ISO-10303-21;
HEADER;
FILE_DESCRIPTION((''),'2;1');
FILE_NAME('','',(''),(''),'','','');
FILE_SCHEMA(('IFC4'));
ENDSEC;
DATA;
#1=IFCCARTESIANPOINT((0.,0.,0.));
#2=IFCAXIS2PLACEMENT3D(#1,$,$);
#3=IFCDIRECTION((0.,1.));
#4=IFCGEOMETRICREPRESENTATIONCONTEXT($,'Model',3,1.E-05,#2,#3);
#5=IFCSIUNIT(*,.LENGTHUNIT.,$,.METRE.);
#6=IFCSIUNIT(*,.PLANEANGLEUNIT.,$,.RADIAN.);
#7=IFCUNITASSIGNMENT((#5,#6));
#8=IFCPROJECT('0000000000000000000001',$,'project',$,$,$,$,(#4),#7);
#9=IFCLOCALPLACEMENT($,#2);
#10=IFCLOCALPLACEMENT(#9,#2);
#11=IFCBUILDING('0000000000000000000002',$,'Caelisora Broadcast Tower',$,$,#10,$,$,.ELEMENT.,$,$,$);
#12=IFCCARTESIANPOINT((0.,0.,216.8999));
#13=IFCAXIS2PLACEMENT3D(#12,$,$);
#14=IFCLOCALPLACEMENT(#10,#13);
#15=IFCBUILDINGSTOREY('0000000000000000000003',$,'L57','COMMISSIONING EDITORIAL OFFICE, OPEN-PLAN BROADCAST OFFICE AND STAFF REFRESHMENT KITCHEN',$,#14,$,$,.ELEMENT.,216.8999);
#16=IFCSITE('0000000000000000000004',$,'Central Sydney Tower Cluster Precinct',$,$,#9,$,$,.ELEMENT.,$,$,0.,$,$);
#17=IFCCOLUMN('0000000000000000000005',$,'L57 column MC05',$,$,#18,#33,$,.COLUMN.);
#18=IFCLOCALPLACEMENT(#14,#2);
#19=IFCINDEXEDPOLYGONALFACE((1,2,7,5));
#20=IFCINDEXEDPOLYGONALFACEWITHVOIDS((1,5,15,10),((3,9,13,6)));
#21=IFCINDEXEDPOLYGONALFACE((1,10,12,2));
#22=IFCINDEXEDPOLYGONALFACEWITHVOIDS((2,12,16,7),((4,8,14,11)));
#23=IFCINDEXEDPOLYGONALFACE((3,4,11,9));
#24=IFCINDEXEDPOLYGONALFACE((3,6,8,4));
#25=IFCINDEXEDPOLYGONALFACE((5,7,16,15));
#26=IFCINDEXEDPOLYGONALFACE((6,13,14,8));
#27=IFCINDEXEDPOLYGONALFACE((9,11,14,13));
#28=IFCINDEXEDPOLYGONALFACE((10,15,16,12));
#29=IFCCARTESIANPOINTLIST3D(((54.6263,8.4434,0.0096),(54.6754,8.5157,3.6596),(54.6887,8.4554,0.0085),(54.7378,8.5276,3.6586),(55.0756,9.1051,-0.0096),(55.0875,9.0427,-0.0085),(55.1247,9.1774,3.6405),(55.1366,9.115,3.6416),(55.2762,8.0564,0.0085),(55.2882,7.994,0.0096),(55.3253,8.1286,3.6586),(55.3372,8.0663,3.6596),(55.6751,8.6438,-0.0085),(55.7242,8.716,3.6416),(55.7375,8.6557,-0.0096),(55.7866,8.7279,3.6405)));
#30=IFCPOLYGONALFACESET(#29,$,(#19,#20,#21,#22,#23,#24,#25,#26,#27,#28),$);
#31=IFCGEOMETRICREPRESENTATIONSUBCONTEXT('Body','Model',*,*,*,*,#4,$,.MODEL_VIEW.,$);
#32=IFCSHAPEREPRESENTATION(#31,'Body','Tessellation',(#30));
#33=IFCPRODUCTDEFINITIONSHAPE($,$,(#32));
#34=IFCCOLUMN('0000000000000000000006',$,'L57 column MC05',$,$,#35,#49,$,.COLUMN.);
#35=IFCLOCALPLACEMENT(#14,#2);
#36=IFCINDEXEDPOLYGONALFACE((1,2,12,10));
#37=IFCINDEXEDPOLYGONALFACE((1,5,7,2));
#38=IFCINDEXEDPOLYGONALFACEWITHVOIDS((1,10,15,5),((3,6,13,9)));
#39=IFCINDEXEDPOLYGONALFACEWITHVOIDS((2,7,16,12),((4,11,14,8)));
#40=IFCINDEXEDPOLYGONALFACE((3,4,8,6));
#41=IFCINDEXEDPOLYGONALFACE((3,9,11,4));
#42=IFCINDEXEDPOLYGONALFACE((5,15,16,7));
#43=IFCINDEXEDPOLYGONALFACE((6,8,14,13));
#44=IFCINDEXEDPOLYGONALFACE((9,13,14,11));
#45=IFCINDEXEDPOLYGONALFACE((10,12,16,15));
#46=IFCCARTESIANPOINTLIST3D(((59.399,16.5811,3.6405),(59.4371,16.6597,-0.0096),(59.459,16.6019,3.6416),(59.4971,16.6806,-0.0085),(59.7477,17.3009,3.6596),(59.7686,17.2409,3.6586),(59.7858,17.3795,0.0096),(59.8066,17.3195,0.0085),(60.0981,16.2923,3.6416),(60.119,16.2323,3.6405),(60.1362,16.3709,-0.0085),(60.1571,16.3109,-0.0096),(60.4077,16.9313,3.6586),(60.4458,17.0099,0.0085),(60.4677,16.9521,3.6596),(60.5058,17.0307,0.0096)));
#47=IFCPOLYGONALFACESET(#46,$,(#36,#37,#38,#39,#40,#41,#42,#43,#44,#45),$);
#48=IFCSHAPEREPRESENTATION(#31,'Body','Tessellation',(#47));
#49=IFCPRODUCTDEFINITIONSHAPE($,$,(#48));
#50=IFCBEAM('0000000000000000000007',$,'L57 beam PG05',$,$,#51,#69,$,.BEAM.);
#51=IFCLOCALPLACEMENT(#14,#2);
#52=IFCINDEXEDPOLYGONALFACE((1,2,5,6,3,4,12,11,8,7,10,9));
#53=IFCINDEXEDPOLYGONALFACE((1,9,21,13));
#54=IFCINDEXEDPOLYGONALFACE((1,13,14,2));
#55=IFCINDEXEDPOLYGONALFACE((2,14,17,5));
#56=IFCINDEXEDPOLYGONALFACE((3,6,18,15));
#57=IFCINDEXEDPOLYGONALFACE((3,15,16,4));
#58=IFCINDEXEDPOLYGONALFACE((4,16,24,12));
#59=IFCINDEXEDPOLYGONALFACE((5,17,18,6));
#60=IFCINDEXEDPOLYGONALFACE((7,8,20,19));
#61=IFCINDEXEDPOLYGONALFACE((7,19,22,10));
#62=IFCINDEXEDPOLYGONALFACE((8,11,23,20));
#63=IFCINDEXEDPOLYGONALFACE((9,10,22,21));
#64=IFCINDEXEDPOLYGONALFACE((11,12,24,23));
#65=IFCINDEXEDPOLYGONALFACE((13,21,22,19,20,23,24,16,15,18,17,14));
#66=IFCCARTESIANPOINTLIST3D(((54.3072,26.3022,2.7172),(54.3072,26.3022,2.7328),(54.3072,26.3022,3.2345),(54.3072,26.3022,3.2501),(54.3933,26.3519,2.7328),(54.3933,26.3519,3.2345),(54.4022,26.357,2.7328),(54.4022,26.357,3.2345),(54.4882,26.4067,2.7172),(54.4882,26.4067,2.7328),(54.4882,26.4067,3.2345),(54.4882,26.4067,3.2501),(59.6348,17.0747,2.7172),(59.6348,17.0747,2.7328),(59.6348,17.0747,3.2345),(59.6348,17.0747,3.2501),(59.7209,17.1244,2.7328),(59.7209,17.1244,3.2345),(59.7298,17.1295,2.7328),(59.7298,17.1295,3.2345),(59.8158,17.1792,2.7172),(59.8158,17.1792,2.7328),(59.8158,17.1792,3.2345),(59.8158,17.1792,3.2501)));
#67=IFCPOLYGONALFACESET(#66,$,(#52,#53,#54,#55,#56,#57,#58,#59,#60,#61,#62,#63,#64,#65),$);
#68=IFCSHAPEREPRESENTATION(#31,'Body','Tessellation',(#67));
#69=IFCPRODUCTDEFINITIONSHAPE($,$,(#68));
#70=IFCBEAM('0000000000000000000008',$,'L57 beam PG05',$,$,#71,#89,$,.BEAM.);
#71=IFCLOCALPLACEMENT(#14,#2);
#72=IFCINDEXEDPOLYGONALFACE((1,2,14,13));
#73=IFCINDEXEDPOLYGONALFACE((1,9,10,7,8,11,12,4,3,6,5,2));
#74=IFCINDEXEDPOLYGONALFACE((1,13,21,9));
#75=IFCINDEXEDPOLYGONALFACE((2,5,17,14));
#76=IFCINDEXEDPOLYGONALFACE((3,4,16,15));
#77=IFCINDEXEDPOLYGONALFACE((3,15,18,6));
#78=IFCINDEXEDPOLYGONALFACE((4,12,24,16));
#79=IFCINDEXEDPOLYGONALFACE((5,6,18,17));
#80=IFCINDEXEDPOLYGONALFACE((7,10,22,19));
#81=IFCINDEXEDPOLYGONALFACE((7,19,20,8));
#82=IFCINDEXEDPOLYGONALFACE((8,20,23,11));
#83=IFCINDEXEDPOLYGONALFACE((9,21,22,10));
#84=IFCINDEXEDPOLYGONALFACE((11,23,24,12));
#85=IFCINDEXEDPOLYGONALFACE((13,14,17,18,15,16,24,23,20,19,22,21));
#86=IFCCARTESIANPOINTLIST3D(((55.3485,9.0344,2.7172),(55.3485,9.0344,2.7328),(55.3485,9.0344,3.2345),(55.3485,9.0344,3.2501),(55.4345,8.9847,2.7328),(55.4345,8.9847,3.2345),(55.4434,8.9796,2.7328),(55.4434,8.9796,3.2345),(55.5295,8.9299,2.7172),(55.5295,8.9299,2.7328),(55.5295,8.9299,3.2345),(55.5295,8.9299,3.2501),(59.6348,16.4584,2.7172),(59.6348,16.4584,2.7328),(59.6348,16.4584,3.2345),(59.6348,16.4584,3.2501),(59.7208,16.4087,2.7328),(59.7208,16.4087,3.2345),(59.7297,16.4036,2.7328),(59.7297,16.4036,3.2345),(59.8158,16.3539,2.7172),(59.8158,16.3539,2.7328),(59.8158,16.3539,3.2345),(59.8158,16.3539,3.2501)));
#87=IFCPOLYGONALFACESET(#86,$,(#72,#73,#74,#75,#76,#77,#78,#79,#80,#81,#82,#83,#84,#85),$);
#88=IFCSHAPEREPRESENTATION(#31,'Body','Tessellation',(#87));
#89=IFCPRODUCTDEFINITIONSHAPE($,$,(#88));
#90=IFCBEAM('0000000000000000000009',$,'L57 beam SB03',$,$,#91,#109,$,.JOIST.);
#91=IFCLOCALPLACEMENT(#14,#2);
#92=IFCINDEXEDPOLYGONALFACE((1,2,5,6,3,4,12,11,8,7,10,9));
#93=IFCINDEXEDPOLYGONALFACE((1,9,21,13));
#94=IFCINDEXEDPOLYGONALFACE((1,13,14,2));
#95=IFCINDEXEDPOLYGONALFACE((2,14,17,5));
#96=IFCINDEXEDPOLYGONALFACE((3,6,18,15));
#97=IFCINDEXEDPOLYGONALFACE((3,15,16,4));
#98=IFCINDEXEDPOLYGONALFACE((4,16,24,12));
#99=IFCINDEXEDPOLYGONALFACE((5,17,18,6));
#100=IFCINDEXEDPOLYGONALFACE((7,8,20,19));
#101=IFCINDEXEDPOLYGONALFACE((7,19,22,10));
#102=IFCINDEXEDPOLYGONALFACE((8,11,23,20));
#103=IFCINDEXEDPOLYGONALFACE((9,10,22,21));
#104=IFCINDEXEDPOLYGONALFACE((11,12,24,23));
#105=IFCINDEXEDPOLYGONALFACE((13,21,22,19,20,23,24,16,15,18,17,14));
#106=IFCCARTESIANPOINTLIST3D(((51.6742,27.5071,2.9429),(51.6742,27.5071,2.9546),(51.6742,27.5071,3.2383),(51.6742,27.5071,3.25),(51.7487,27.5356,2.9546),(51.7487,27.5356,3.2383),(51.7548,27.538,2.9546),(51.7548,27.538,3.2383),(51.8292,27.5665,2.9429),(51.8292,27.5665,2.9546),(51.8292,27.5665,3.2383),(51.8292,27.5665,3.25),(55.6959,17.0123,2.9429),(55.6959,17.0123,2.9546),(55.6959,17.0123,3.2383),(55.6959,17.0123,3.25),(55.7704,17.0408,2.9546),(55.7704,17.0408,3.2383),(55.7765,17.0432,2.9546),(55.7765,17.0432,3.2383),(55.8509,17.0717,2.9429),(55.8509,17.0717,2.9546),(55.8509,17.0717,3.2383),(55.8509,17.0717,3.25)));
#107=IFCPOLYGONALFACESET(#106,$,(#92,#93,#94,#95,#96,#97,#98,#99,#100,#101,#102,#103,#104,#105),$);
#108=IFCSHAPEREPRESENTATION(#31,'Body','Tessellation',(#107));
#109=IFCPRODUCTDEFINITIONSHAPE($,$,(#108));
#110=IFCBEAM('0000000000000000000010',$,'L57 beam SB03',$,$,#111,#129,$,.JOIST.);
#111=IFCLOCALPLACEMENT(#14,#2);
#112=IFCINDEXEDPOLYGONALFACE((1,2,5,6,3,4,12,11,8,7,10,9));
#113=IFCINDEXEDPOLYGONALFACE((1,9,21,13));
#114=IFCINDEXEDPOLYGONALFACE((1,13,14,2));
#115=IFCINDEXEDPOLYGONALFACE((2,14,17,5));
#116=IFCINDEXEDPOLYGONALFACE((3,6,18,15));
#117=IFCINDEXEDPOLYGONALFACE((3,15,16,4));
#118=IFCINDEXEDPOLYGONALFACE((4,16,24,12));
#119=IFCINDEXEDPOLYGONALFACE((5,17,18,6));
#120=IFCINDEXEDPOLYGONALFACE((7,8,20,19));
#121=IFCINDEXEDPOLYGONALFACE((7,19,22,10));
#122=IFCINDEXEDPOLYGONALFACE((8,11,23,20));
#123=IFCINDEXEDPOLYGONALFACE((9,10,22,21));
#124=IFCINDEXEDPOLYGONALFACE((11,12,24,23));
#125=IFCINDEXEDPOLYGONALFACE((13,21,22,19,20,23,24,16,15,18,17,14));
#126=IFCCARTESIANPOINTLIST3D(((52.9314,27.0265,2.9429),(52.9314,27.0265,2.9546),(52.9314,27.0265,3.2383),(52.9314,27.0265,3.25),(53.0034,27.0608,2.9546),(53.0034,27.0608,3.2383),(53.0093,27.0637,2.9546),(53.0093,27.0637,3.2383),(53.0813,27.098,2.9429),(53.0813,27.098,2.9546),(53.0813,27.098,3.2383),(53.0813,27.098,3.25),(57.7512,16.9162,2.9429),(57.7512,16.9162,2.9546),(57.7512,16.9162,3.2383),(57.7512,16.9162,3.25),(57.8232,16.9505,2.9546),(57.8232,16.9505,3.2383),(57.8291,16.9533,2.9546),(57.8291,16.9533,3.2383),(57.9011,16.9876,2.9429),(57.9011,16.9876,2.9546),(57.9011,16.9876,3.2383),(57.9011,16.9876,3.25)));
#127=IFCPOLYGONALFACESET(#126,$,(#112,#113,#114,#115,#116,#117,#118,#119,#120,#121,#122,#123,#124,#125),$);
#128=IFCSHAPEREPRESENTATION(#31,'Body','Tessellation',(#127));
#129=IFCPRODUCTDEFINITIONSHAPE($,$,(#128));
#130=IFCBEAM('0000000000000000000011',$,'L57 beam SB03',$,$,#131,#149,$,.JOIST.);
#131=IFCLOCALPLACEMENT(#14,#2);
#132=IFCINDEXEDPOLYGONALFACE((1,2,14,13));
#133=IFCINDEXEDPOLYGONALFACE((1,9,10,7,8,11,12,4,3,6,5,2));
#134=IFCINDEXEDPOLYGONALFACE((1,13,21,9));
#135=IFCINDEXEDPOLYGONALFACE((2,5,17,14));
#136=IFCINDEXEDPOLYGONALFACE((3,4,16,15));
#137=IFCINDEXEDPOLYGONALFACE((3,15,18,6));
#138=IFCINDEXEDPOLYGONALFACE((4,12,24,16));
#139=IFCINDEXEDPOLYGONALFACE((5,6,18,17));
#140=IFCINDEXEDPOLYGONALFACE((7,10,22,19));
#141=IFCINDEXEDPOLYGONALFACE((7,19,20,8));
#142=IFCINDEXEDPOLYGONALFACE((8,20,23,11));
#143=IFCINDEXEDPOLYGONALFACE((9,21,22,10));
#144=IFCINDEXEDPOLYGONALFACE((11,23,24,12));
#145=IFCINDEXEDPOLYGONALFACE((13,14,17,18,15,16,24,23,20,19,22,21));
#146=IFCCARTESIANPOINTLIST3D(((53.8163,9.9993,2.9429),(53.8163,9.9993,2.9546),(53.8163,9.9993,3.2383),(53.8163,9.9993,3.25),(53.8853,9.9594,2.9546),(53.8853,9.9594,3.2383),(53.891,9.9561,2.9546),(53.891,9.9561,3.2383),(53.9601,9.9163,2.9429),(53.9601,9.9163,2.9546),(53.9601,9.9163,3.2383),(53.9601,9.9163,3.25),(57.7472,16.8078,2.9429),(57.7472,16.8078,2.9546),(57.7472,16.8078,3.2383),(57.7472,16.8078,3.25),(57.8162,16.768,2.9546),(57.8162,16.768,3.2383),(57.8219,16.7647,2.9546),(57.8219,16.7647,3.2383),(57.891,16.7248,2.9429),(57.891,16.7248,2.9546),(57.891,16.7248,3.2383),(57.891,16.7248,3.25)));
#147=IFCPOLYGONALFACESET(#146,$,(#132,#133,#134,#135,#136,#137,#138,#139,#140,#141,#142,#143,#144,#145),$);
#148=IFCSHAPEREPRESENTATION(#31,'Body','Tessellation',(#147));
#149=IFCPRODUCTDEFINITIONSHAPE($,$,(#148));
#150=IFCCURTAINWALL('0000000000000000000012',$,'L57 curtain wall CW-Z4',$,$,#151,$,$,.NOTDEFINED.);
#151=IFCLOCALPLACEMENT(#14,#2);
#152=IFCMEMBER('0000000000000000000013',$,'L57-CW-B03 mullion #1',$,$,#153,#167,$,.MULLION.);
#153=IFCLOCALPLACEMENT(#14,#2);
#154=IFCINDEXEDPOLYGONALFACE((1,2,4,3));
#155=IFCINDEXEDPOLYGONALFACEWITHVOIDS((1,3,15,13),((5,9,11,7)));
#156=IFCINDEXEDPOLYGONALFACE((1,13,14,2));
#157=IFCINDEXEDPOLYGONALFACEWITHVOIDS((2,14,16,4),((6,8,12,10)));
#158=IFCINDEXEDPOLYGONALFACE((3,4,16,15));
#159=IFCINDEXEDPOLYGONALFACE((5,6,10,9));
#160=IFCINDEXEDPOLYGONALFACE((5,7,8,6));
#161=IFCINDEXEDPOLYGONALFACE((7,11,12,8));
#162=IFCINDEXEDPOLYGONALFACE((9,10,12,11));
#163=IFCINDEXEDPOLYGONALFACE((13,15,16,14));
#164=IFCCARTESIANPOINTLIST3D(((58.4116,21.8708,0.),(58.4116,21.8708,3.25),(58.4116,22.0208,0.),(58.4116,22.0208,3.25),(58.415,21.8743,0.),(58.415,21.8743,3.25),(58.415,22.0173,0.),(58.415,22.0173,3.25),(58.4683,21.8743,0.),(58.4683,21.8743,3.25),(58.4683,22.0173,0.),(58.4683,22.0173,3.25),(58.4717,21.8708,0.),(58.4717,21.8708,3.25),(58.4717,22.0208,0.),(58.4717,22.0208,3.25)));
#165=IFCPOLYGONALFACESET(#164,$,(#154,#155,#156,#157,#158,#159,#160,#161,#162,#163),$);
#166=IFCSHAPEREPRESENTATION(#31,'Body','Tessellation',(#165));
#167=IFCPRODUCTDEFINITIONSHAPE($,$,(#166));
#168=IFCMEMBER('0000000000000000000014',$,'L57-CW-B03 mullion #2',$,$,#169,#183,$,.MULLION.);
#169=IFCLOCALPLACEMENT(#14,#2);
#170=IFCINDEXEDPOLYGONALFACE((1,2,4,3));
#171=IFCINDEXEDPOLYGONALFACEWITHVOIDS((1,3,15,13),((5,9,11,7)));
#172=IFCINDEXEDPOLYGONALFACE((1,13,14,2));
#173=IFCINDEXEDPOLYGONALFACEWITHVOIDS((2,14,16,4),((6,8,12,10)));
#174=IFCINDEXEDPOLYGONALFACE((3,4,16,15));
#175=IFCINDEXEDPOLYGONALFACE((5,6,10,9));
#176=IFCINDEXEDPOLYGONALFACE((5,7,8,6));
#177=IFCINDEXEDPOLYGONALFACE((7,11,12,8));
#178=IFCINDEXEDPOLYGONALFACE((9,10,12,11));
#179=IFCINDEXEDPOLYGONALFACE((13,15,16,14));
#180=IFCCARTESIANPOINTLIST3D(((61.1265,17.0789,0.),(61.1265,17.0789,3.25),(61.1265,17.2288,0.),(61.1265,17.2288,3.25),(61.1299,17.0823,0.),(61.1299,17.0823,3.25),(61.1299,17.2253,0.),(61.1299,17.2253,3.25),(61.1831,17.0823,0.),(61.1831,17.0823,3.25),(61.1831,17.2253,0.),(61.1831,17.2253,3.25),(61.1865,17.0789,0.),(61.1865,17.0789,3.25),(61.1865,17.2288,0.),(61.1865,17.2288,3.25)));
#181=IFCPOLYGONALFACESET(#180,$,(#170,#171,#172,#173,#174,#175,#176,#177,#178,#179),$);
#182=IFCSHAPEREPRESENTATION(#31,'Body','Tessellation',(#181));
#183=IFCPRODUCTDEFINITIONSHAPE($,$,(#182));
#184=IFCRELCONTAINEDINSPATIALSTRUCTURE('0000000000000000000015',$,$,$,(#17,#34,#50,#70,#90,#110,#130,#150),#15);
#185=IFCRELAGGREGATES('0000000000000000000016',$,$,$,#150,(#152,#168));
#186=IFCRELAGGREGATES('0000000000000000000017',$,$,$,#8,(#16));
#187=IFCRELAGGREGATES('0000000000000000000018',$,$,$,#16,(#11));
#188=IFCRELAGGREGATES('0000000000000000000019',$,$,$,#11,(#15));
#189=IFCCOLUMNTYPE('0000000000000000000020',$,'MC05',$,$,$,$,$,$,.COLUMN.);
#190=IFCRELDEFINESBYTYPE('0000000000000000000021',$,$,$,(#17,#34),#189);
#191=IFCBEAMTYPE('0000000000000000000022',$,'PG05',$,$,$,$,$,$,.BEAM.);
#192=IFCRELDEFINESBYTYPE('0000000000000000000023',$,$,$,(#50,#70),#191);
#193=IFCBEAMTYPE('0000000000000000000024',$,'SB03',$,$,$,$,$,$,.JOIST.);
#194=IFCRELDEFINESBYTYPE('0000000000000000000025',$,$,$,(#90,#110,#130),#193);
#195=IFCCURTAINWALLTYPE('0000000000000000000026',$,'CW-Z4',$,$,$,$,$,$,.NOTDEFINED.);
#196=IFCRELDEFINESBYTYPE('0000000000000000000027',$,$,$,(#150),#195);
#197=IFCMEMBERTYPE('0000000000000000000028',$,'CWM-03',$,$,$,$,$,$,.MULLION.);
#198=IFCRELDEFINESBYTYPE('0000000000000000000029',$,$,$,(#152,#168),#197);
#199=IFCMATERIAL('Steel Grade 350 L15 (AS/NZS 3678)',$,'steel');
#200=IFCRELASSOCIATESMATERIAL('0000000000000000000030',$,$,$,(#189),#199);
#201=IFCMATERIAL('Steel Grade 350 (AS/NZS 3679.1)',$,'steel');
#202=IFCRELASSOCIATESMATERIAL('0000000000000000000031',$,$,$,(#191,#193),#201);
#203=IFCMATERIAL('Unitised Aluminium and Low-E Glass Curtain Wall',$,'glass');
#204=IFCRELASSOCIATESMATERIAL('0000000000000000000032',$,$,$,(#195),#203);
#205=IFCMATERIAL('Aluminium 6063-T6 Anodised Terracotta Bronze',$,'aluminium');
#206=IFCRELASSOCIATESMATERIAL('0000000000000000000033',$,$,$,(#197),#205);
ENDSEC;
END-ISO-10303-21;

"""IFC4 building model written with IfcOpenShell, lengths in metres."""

from ifc_helpers import new_model, si_unit, direction, frame, origin, origin_2d, place, context, subcontext, project, spatial, hollow_rectangle, i_section, extrude, source, transform, mapped, material, material_profile, profile_set, type_object, type_shapes, element, aggregate, save


model = new_model("IFC4")

# Units and contexts
model_context = context("Model", 3, precision=1e-05, world=origin(), true_north=direction((0.0, 1.0)))
body_context = subcontext(model_context, "Body", "Model", "MODEL_VIEW")
ifc_project = project(units=[si_unit("LENGTHUNIT", "METRE"), si_unit("PLANEANGLEUNIT", "RADIAN")], contexts=[model_context])

# Site, building, storey
site_placement = place(None, origin())
site = spatial("IfcSite", under=ifc_project, at=site_placement, Name="Central Sydney Tower Cluster Precinct", CompositionType="ELEMENT", RefElevation=0.0)
building_placement = place(site_placement, origin())
building = spatial("IfcBuilding", under=site, at=building_placement, Name="Caelisora Broadcast Tower", CompositionType="ELEMENT")
storey_placement = place(building_placement, frame((0.0, 0.0, 216.8999)))
storey = spatial("IfcBuildingStorey", under=building, at=storey_placement, Name="L57", Description="COMMISSIONING EDITORIAL OFFICE, OPEN-PLAN BROADCAST OFFICE AND STAFF REFRESHMENT KITCHEN", CompositionType="ELEMENT", Elevation=216.8999)

# Columns
ifc_material_1 = material(Name="Steel Grade 350 L15 (AS/NZS 3678)", Category="steel")
ifc_material_profile_1 = material_profile(ifc_material_1, hollow_rectangle(XDim=0.8, YDim=0.8, WallThickness=0.0449, at=origin_2d()), Name="Steel Grade 350 L15 (AS/NZS 3678)")
ifc_profile_set_1 = profile_set([ifc_material_profile_1], Name="Steel Grade 350 L15 (AS/NZS 3678)")
column_type = type_object("IfcColumnType", Name="MC05", PredefinedType="COLUMN", material=ifc_profile_set_1)
shared_shape_1 = source(origin(), body_context, "Body", "SweptSolid", [
    extrude(hollow_rectangle(XDim=0.8, YDim=0.8, WallThickness=0.0449, at=origin_2d()), origin(), (0.0, 0.0, 1.0), 3.6511),
])
type_shapes(column_type, [shared_shape_1])
for number, where, z_axis, x_axis, name in (
    (1, (55.1819, 8.5496, 0.0), (0.01344, 0.019792, 0.999714), (-0.82729, 0.561775, 0.0), "L57 column MC05"),
    (2, (59.9714, 16.8452, 0.0), (-0.010431, -0.021531, 0.999714), (0.899947, -0.435999, 0.0), "L57 column MC05"),
):
    element("IfcColumn", number, at=place(storey_placement, frame(where, z_axis=z_axis, x_axis=x_axis)), inside=storey, type_object=column_type, Name=name, PredefinedType="COLUMN", context=body_context, shape_type="MappedRepresentation", body=[
        mapped(shared_shape_1, transform((0.0, 0.0, 0.0), scale=1.0)),
    ])

# Beams
ifc_material_2 = material(Name="Steel Grade 350 (AS/NZS 3679.1)", Category="steel")
ifc_material_profile_2 = material_profile(ifc_material_2, i_section(OverallWidth=0.209, OverallDepth=0.533, WebThickness=0.0103, FlangeThickness=0.0156, at=origin_2d()), Name="Steel Grade 350 (AS/NZS 3679.1)")
ifc_profile_set_2 = profile_set([ifc_material_profile_2], Name="Steel Grade 350 (AS/NZS 3679.1)")
beam_type_1 = type_object("IfcBeamType", Name="PG05", PredefinedType="BEAM", material=ifc_profile_set_2)
shared_shape_2 = source(origin(), body_context, "Body", "SweptSolid", [
    extrude(i_section(OverallWidth=0.209, OverallDepth=0.533, WebThickness=0.0103, FlangeThickness=0.0156, at=origin_2d()), origin(), (0.0, 0.0, 1.0), 10.655),
])
beam_1_placement = place(storey_placement, frame((59.7253, 17.127, 2.9836), z_axis=(-0.500008, 0.866021, 0.0), x_axis=(-0.866021, -0.500008, 0.0)))
element("IfcBeam", 3, at=beam_1_placement, inside=storey, type_object=beam_type_1, Name="L57 beam PG05", PredefinedType="BEAM", context=body_context, shape_type="MappedRepresentation", body=[
    mapped(shared_shape_2, transform((0.0, 0.0, 0.0), scale=1.0)),
])
shared_shape_3 = source(origin(), body_context, "Body", "SweptSolid", [
    extrude(i_section(OverallWidth=0.209, OverallDepth=0.533, WebThickness=0.0103, FlangeThickness=0.0156, at=origin_2d()), origin(), (0.0, 0.0, 1.0), 8.5725),
])
type_shapes(beam_type_1, [shared_shape_2, shared_shape_3])
beam_2_placement = place(storey_placement, frame((55.439, 8.9822, 2.9836), z_axis=(0.500008, 0.866021, 0.0), x_axis=(-0.866021, 0.500008, 0.0)))
element("IfcBeam", 4, at=beam_2_placement, inside=storey, type_object=beam_type_1, Name="L57 beam PG05", PredefinedType="BEAM", context=body_context, shape_type="MappedRepresentation", body=[
    mapped(shared_shape_3, transform((0.0, 0.0, 0.0), scale=1.0)),
])
ifc_material_profile_3 = material_profile(ifc_material_2, i_section(OverallWidth=0.166, OverallDepth=0.3071, WebThickness=0.0066, FlangeThickness=0.0117, at=origin_2d()), Name="Steel Grade 350 (AS/NZS 3679.1)")
ifc_profile_set_3 = profile_set([ifc_material_profile_3], Name="Steel Grade 350 (AS/NZS 3679.1)")
beam_type_2 = type_object("IfcBeamType", Name="SB03", PredefinedType="JOIST", material=ifc_profile_set_3)
shared_shape_4 = source(origin(), body_context, "Body", "SweptSolid", [
    extrude(i_section(OverallWidth=0.166, OverallDepth=0.3071, WebThickness=0.0066, FlangeThickness=0.0117, at=origin_2d()), origin(), (0.0, 0.0, 1.0), 11.239),
])
beam_3_placement = place(storey_placement, frame((55.7734, 17.042, 3.0964), z_axis=(-0.357835, 0.933785, 0.0), x_axis=(-0.933785, -0.357835, 0.0)))
element("IfcBeam", 5, at=beam_3_placement, inside=storey, type_object=beam_type_2, Name="L57 beam SB03", PredefinedType="JOIST", context=body_context, shape_type="MappedRepresentation", body=[
    mapped(shared_shape_4, transform((0.0, 0.0, 0.0), scale=1.0)),
])
shared_shape_5 = source(origin(), body_context, "Body", "SweptSolid", [
    extrude(i_section(OverallWidth=0.166, OverallDepth=0.3071, WebThickness=0.0066, FlangeThickness=0.0117, at=origin_2d()), origin(), (0.0, 0.0, 1.0), 11.2004),
])
beam_4_placement = place(storey_placement, frame((57.8262, 16.9519, 3.0964), z_axis=(-0.430324, 0.902674, 0.0), x_axis=(-0.902674, -0.430324, 0.0)))
element("IfcBeam", 6, at=beam_4_placement, inside=storey, type_object=beam_type_2, Name="L57 beam SB03", PredefinedType="JOIST", context=body_context, shape_type="MappedRepresentation", body=[
    mapped(shared_shape_5, transform((0.0, 0.0, 0.0), scale=1.0)),
])
shared_shape_6 = source(origin(), body_context, "Body", "SweptSolid", [
    extrude(i_section(OverallWidth=0.166, OverallDepth=0.3071, WebThickness=0.0066, FlangeThickness=0.0117, at=origin_2d()), origin(), (0.0, 0.0, 1.0), 7.8618),
])
type_shapes(beam_type_2, [shared_shape_4, shared_shape_5, shared_shape_6])
beam_5_placement = place(storey_placement, frame((53.8882, 9.9578, 3.0964), z_axis=(0.499997, 0.866027, 0.0), x_axis=(-0.866027, 0.499997, 0.0)))
element("IfcBeam", 7, at=beam_5_placement, inside=storey, type_object=beam_type_2, Name="L57 beam SB03", PredefinedType="JOIST", context=body_context, shape_type="MappedRepresentation", body=[
    mapped(shared_shape_6, transform((0.0, 0.0, 0.0), scale=1.0)),
])

# Curtain wall, members
ifc_material_3 = material(Name="Unitised Aluminium and Low-E Glass Curtain Wall", Category="glass")
curtain_wall_type = type_object("IfcCurtainWallType", Name="CW-Z4", PredefinedType="NOTDEFINED", material=ifc_material_3)
curtain_wall_1_placement = place(storey_placement, origin())
curtain_wall_1 = element("IfcCurtainWall", 8, at=curtain_wall_1_placement, inside=storey, type_object=curtain_wall_type, Name="L57 curtain wall CW-Z4", PredefinedType="NOTDEFINED")
ifc_material_4 = material(Name="Aluminium 6063-T6 Anodised Terracotta Bronze", Category="aluminium")
ifc_material_profile_4 = material_profile(ifc_material_4, hollow_rectangle(XDim=0.0601, YDim=0.1499, WallThickness=0.0034, at=origin_2d()), Name="Aluminium 6063-T6 Anodised Terracotta Bronze")
ifc_profile_set_4 = profile_set([ifc_material_profile_4], Name="Aluminium 6063-T6 Anodised Terracotta Bronze")
member_type_1 = type_object("IfcMemberType", Name="CWM-03", PredefinedType="MULLION", material=ifc_profile_set_4)
shared_shape_7 = source(origin(), body_context, "Body", "SweptSolid", [
    extrude(hollow_rectangle(XDim=0.0601, YDim=0.1499, WallThickness=0.0034, at=origin_2d()), origin(), (0.0, 0.0, 1.0), 3.25),
])
type_shapes(member_type_1, [shared_shape_7])
member_1_placement = place(storey_placement, frame((58.4417, 21.9458, 0.0), z_axis=(0.0, 0.0, 1.0), x_axis=(1.0, 0.0, 0.0)))
member_1 = element("IfcMember", 9, at=member_1_placement, type_object=member_type_1, Name="L57-CW-B03 mullion #1", PredefinedType="MULLION", context=body_context, shape_type="MappedRepresentation", body=[
    mapped(shared_shape_7, transform((0.0, 0.0, 0.0), scale=1.0)),
])
member_2_placement = place(storey_placement, frame((61.1565, 17.1538, 0.0), z_axis=(0.0, 0.0, 1.0), x_axis=(1.0, 0.0, 0.0)))
member_2 = element("IfcMember", 10, at=member_2_placement, type_object=member_type_1, Name="L57-CW-B03 mullion #2", PredefinedType="MULLION", context=body_context, shape_type="MappedRepresentation", body=[
    mapped(shared_shape_7, transform((0.0, 0.0, 0.0), scale=1.0)),
])

aggregate(curtain_wall_1, [member_1, member_2])

save(model, "model.ifc")
